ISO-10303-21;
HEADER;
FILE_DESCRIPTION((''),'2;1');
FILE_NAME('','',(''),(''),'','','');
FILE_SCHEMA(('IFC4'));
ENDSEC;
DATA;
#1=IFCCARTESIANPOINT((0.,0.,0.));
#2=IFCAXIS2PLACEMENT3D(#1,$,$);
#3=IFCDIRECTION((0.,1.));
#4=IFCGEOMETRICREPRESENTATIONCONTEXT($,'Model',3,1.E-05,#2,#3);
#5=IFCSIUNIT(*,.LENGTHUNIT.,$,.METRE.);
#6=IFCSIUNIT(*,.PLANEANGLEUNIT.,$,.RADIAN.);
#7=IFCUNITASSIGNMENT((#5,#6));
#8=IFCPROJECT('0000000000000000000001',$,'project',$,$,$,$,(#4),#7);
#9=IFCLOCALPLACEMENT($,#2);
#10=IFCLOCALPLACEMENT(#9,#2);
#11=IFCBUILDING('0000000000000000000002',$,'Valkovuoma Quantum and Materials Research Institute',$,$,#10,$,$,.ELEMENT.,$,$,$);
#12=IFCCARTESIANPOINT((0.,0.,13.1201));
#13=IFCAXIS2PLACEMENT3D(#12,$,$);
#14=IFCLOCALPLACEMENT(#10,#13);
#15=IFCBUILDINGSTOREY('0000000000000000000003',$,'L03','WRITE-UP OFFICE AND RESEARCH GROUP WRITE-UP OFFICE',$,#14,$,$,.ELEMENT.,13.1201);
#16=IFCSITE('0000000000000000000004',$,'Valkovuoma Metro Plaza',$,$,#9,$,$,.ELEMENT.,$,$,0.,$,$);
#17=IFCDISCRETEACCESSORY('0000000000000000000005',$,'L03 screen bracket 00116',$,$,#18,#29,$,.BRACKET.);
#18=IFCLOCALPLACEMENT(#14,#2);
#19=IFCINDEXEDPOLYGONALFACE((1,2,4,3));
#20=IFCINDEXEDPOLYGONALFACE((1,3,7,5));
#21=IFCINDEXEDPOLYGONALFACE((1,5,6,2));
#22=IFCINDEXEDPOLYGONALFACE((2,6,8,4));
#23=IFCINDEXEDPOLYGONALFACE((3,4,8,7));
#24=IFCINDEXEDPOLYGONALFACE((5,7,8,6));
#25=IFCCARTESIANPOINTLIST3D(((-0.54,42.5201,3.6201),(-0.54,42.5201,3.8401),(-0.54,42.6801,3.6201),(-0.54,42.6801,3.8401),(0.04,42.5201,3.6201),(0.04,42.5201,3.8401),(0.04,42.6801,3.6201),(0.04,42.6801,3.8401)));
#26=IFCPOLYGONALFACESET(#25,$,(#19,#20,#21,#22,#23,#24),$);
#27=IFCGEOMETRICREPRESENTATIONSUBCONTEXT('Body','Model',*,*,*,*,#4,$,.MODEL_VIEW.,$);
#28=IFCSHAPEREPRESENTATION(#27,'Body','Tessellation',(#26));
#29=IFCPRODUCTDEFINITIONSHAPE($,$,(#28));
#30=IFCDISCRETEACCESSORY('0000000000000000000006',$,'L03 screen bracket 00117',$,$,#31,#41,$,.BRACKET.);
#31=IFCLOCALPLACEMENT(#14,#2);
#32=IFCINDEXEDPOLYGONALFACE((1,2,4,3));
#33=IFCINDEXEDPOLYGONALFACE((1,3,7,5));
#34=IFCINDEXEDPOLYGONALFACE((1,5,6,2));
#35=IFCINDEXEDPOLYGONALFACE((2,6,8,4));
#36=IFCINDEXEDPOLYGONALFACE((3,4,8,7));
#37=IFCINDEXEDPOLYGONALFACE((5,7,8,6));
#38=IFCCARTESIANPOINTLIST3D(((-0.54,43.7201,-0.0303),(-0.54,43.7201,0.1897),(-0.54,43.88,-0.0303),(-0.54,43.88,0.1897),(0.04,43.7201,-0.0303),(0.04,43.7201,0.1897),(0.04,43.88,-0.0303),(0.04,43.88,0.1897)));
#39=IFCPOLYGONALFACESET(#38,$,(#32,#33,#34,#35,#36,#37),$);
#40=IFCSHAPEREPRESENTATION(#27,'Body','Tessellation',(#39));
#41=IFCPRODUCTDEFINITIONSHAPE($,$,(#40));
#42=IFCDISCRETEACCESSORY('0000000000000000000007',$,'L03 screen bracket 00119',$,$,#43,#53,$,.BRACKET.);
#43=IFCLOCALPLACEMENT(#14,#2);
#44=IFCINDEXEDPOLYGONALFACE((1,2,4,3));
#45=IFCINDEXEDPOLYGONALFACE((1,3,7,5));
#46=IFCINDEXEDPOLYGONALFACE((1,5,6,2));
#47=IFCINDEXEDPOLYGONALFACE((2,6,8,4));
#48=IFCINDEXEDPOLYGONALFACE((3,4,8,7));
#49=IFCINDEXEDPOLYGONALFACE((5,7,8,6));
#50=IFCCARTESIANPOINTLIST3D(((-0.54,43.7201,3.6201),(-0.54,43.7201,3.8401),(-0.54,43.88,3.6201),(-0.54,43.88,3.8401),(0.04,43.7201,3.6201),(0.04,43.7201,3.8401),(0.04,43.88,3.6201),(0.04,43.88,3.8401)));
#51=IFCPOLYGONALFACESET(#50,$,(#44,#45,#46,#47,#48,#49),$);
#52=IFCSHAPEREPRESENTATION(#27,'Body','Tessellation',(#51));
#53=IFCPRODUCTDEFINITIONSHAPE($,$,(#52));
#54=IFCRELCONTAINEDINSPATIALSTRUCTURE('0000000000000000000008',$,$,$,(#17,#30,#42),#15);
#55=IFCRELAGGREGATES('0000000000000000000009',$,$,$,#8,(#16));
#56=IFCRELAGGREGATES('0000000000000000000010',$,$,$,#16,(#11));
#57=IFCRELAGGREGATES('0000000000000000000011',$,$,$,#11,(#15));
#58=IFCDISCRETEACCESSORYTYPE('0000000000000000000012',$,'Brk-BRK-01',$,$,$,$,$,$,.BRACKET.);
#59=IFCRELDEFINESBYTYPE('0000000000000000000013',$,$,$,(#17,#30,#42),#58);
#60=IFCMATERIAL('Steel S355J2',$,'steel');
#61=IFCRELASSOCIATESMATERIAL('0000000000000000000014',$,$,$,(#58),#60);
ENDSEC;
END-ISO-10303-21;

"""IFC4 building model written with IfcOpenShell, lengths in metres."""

from ifc_helpers import new_model, si_unit, direction, frame, origin, origin_2d, place, context, subcontext, project, spatial, rectangle, extrude, material, type_object, element, save


model = new_model("IFC4")

# Units and contexts
model_context = context("Model", 3, precision=1e-05, world=origin(), true_north=direction((0.0, 1.0)))
body_context = subcontext(model_context, "Body", "Model", "MODEL_VIEW")
ifc_project = project(units=[si_unit("LENGTHUNIT", "METRE"), si_unit("PLANEANGLEUNIT", "RADIAN")], contexts=[model_context])

# Site, building, storey
site_placement = place(None, origin())
site = spatial("IfcSite", under=ifc_project, at=site_placement, Name="Valkovuoma Metro Plaza", CompositionType="ELEMENT", RefElevation=0.0)
building_placement = place(site_placement, origin())
building = spatial("IfcBuilding", under=site, at=building_placement, Name="Valkovuoma Quantum and Materials Research Institute", CompositionType="ELEMENT")
storey_placement = place(building_placement, frame((0.0, 0.0, 13.1201)))
storey = spatial("IfcBuildingStorey", under=building, at=storey_placement, Name="L03", Description="WRITE-UP OFFICE AND RESEARCH GROUP WRITE-UP OFFICE", CompositionType="ELEMENT", Elevation=13.1201)

# Discrete accessories
ifc_material_1 = material(Name="Steel S355J2", Category="steel")
discrete_accessory_type = type_object("IfcDiscreteAccessoryType", Name="Brk-BRK-01", PredefinedType="BRACKET", material=ifc_material_1)
for number, where, z_axis, x_axis, name in (
    (1, (-0.25, 42.6001, 3.6201), (0.0, 0.0, 1.0), (1.0, 0.0, 0.0), "L03 screen bracket 00116"),
    (2, (-0.25, 43.8, -0.0303), (0.0, 0.0, 1.0), (1.0, 0.0, 0.0), "L03 screen bracket 00117"),
    (3, (-0.25, 43.8, 3.6201), (0.0, 0.0, 1.0), (1.0, 0.0, 0.0), "L03 screen bracket 00119"),
):
    element("IfcDiscreteAccessory", number, at=place(storey_placement, frame(where, z_axis=z_axis, x_axis=x_axis)), inside=storey, type_object=discrete_accessory_type, Name=name, PredefinedType="BRACKET", context=body_context, shape_type="SweptSolid", body=[
        extrude(rectangle(XDim=0.5801, YDim=0.1599, at=origin_2d()), origin(), (0.0, 0.0, 1.0), 0.22),
    ])

save(model, "model.ifc")
